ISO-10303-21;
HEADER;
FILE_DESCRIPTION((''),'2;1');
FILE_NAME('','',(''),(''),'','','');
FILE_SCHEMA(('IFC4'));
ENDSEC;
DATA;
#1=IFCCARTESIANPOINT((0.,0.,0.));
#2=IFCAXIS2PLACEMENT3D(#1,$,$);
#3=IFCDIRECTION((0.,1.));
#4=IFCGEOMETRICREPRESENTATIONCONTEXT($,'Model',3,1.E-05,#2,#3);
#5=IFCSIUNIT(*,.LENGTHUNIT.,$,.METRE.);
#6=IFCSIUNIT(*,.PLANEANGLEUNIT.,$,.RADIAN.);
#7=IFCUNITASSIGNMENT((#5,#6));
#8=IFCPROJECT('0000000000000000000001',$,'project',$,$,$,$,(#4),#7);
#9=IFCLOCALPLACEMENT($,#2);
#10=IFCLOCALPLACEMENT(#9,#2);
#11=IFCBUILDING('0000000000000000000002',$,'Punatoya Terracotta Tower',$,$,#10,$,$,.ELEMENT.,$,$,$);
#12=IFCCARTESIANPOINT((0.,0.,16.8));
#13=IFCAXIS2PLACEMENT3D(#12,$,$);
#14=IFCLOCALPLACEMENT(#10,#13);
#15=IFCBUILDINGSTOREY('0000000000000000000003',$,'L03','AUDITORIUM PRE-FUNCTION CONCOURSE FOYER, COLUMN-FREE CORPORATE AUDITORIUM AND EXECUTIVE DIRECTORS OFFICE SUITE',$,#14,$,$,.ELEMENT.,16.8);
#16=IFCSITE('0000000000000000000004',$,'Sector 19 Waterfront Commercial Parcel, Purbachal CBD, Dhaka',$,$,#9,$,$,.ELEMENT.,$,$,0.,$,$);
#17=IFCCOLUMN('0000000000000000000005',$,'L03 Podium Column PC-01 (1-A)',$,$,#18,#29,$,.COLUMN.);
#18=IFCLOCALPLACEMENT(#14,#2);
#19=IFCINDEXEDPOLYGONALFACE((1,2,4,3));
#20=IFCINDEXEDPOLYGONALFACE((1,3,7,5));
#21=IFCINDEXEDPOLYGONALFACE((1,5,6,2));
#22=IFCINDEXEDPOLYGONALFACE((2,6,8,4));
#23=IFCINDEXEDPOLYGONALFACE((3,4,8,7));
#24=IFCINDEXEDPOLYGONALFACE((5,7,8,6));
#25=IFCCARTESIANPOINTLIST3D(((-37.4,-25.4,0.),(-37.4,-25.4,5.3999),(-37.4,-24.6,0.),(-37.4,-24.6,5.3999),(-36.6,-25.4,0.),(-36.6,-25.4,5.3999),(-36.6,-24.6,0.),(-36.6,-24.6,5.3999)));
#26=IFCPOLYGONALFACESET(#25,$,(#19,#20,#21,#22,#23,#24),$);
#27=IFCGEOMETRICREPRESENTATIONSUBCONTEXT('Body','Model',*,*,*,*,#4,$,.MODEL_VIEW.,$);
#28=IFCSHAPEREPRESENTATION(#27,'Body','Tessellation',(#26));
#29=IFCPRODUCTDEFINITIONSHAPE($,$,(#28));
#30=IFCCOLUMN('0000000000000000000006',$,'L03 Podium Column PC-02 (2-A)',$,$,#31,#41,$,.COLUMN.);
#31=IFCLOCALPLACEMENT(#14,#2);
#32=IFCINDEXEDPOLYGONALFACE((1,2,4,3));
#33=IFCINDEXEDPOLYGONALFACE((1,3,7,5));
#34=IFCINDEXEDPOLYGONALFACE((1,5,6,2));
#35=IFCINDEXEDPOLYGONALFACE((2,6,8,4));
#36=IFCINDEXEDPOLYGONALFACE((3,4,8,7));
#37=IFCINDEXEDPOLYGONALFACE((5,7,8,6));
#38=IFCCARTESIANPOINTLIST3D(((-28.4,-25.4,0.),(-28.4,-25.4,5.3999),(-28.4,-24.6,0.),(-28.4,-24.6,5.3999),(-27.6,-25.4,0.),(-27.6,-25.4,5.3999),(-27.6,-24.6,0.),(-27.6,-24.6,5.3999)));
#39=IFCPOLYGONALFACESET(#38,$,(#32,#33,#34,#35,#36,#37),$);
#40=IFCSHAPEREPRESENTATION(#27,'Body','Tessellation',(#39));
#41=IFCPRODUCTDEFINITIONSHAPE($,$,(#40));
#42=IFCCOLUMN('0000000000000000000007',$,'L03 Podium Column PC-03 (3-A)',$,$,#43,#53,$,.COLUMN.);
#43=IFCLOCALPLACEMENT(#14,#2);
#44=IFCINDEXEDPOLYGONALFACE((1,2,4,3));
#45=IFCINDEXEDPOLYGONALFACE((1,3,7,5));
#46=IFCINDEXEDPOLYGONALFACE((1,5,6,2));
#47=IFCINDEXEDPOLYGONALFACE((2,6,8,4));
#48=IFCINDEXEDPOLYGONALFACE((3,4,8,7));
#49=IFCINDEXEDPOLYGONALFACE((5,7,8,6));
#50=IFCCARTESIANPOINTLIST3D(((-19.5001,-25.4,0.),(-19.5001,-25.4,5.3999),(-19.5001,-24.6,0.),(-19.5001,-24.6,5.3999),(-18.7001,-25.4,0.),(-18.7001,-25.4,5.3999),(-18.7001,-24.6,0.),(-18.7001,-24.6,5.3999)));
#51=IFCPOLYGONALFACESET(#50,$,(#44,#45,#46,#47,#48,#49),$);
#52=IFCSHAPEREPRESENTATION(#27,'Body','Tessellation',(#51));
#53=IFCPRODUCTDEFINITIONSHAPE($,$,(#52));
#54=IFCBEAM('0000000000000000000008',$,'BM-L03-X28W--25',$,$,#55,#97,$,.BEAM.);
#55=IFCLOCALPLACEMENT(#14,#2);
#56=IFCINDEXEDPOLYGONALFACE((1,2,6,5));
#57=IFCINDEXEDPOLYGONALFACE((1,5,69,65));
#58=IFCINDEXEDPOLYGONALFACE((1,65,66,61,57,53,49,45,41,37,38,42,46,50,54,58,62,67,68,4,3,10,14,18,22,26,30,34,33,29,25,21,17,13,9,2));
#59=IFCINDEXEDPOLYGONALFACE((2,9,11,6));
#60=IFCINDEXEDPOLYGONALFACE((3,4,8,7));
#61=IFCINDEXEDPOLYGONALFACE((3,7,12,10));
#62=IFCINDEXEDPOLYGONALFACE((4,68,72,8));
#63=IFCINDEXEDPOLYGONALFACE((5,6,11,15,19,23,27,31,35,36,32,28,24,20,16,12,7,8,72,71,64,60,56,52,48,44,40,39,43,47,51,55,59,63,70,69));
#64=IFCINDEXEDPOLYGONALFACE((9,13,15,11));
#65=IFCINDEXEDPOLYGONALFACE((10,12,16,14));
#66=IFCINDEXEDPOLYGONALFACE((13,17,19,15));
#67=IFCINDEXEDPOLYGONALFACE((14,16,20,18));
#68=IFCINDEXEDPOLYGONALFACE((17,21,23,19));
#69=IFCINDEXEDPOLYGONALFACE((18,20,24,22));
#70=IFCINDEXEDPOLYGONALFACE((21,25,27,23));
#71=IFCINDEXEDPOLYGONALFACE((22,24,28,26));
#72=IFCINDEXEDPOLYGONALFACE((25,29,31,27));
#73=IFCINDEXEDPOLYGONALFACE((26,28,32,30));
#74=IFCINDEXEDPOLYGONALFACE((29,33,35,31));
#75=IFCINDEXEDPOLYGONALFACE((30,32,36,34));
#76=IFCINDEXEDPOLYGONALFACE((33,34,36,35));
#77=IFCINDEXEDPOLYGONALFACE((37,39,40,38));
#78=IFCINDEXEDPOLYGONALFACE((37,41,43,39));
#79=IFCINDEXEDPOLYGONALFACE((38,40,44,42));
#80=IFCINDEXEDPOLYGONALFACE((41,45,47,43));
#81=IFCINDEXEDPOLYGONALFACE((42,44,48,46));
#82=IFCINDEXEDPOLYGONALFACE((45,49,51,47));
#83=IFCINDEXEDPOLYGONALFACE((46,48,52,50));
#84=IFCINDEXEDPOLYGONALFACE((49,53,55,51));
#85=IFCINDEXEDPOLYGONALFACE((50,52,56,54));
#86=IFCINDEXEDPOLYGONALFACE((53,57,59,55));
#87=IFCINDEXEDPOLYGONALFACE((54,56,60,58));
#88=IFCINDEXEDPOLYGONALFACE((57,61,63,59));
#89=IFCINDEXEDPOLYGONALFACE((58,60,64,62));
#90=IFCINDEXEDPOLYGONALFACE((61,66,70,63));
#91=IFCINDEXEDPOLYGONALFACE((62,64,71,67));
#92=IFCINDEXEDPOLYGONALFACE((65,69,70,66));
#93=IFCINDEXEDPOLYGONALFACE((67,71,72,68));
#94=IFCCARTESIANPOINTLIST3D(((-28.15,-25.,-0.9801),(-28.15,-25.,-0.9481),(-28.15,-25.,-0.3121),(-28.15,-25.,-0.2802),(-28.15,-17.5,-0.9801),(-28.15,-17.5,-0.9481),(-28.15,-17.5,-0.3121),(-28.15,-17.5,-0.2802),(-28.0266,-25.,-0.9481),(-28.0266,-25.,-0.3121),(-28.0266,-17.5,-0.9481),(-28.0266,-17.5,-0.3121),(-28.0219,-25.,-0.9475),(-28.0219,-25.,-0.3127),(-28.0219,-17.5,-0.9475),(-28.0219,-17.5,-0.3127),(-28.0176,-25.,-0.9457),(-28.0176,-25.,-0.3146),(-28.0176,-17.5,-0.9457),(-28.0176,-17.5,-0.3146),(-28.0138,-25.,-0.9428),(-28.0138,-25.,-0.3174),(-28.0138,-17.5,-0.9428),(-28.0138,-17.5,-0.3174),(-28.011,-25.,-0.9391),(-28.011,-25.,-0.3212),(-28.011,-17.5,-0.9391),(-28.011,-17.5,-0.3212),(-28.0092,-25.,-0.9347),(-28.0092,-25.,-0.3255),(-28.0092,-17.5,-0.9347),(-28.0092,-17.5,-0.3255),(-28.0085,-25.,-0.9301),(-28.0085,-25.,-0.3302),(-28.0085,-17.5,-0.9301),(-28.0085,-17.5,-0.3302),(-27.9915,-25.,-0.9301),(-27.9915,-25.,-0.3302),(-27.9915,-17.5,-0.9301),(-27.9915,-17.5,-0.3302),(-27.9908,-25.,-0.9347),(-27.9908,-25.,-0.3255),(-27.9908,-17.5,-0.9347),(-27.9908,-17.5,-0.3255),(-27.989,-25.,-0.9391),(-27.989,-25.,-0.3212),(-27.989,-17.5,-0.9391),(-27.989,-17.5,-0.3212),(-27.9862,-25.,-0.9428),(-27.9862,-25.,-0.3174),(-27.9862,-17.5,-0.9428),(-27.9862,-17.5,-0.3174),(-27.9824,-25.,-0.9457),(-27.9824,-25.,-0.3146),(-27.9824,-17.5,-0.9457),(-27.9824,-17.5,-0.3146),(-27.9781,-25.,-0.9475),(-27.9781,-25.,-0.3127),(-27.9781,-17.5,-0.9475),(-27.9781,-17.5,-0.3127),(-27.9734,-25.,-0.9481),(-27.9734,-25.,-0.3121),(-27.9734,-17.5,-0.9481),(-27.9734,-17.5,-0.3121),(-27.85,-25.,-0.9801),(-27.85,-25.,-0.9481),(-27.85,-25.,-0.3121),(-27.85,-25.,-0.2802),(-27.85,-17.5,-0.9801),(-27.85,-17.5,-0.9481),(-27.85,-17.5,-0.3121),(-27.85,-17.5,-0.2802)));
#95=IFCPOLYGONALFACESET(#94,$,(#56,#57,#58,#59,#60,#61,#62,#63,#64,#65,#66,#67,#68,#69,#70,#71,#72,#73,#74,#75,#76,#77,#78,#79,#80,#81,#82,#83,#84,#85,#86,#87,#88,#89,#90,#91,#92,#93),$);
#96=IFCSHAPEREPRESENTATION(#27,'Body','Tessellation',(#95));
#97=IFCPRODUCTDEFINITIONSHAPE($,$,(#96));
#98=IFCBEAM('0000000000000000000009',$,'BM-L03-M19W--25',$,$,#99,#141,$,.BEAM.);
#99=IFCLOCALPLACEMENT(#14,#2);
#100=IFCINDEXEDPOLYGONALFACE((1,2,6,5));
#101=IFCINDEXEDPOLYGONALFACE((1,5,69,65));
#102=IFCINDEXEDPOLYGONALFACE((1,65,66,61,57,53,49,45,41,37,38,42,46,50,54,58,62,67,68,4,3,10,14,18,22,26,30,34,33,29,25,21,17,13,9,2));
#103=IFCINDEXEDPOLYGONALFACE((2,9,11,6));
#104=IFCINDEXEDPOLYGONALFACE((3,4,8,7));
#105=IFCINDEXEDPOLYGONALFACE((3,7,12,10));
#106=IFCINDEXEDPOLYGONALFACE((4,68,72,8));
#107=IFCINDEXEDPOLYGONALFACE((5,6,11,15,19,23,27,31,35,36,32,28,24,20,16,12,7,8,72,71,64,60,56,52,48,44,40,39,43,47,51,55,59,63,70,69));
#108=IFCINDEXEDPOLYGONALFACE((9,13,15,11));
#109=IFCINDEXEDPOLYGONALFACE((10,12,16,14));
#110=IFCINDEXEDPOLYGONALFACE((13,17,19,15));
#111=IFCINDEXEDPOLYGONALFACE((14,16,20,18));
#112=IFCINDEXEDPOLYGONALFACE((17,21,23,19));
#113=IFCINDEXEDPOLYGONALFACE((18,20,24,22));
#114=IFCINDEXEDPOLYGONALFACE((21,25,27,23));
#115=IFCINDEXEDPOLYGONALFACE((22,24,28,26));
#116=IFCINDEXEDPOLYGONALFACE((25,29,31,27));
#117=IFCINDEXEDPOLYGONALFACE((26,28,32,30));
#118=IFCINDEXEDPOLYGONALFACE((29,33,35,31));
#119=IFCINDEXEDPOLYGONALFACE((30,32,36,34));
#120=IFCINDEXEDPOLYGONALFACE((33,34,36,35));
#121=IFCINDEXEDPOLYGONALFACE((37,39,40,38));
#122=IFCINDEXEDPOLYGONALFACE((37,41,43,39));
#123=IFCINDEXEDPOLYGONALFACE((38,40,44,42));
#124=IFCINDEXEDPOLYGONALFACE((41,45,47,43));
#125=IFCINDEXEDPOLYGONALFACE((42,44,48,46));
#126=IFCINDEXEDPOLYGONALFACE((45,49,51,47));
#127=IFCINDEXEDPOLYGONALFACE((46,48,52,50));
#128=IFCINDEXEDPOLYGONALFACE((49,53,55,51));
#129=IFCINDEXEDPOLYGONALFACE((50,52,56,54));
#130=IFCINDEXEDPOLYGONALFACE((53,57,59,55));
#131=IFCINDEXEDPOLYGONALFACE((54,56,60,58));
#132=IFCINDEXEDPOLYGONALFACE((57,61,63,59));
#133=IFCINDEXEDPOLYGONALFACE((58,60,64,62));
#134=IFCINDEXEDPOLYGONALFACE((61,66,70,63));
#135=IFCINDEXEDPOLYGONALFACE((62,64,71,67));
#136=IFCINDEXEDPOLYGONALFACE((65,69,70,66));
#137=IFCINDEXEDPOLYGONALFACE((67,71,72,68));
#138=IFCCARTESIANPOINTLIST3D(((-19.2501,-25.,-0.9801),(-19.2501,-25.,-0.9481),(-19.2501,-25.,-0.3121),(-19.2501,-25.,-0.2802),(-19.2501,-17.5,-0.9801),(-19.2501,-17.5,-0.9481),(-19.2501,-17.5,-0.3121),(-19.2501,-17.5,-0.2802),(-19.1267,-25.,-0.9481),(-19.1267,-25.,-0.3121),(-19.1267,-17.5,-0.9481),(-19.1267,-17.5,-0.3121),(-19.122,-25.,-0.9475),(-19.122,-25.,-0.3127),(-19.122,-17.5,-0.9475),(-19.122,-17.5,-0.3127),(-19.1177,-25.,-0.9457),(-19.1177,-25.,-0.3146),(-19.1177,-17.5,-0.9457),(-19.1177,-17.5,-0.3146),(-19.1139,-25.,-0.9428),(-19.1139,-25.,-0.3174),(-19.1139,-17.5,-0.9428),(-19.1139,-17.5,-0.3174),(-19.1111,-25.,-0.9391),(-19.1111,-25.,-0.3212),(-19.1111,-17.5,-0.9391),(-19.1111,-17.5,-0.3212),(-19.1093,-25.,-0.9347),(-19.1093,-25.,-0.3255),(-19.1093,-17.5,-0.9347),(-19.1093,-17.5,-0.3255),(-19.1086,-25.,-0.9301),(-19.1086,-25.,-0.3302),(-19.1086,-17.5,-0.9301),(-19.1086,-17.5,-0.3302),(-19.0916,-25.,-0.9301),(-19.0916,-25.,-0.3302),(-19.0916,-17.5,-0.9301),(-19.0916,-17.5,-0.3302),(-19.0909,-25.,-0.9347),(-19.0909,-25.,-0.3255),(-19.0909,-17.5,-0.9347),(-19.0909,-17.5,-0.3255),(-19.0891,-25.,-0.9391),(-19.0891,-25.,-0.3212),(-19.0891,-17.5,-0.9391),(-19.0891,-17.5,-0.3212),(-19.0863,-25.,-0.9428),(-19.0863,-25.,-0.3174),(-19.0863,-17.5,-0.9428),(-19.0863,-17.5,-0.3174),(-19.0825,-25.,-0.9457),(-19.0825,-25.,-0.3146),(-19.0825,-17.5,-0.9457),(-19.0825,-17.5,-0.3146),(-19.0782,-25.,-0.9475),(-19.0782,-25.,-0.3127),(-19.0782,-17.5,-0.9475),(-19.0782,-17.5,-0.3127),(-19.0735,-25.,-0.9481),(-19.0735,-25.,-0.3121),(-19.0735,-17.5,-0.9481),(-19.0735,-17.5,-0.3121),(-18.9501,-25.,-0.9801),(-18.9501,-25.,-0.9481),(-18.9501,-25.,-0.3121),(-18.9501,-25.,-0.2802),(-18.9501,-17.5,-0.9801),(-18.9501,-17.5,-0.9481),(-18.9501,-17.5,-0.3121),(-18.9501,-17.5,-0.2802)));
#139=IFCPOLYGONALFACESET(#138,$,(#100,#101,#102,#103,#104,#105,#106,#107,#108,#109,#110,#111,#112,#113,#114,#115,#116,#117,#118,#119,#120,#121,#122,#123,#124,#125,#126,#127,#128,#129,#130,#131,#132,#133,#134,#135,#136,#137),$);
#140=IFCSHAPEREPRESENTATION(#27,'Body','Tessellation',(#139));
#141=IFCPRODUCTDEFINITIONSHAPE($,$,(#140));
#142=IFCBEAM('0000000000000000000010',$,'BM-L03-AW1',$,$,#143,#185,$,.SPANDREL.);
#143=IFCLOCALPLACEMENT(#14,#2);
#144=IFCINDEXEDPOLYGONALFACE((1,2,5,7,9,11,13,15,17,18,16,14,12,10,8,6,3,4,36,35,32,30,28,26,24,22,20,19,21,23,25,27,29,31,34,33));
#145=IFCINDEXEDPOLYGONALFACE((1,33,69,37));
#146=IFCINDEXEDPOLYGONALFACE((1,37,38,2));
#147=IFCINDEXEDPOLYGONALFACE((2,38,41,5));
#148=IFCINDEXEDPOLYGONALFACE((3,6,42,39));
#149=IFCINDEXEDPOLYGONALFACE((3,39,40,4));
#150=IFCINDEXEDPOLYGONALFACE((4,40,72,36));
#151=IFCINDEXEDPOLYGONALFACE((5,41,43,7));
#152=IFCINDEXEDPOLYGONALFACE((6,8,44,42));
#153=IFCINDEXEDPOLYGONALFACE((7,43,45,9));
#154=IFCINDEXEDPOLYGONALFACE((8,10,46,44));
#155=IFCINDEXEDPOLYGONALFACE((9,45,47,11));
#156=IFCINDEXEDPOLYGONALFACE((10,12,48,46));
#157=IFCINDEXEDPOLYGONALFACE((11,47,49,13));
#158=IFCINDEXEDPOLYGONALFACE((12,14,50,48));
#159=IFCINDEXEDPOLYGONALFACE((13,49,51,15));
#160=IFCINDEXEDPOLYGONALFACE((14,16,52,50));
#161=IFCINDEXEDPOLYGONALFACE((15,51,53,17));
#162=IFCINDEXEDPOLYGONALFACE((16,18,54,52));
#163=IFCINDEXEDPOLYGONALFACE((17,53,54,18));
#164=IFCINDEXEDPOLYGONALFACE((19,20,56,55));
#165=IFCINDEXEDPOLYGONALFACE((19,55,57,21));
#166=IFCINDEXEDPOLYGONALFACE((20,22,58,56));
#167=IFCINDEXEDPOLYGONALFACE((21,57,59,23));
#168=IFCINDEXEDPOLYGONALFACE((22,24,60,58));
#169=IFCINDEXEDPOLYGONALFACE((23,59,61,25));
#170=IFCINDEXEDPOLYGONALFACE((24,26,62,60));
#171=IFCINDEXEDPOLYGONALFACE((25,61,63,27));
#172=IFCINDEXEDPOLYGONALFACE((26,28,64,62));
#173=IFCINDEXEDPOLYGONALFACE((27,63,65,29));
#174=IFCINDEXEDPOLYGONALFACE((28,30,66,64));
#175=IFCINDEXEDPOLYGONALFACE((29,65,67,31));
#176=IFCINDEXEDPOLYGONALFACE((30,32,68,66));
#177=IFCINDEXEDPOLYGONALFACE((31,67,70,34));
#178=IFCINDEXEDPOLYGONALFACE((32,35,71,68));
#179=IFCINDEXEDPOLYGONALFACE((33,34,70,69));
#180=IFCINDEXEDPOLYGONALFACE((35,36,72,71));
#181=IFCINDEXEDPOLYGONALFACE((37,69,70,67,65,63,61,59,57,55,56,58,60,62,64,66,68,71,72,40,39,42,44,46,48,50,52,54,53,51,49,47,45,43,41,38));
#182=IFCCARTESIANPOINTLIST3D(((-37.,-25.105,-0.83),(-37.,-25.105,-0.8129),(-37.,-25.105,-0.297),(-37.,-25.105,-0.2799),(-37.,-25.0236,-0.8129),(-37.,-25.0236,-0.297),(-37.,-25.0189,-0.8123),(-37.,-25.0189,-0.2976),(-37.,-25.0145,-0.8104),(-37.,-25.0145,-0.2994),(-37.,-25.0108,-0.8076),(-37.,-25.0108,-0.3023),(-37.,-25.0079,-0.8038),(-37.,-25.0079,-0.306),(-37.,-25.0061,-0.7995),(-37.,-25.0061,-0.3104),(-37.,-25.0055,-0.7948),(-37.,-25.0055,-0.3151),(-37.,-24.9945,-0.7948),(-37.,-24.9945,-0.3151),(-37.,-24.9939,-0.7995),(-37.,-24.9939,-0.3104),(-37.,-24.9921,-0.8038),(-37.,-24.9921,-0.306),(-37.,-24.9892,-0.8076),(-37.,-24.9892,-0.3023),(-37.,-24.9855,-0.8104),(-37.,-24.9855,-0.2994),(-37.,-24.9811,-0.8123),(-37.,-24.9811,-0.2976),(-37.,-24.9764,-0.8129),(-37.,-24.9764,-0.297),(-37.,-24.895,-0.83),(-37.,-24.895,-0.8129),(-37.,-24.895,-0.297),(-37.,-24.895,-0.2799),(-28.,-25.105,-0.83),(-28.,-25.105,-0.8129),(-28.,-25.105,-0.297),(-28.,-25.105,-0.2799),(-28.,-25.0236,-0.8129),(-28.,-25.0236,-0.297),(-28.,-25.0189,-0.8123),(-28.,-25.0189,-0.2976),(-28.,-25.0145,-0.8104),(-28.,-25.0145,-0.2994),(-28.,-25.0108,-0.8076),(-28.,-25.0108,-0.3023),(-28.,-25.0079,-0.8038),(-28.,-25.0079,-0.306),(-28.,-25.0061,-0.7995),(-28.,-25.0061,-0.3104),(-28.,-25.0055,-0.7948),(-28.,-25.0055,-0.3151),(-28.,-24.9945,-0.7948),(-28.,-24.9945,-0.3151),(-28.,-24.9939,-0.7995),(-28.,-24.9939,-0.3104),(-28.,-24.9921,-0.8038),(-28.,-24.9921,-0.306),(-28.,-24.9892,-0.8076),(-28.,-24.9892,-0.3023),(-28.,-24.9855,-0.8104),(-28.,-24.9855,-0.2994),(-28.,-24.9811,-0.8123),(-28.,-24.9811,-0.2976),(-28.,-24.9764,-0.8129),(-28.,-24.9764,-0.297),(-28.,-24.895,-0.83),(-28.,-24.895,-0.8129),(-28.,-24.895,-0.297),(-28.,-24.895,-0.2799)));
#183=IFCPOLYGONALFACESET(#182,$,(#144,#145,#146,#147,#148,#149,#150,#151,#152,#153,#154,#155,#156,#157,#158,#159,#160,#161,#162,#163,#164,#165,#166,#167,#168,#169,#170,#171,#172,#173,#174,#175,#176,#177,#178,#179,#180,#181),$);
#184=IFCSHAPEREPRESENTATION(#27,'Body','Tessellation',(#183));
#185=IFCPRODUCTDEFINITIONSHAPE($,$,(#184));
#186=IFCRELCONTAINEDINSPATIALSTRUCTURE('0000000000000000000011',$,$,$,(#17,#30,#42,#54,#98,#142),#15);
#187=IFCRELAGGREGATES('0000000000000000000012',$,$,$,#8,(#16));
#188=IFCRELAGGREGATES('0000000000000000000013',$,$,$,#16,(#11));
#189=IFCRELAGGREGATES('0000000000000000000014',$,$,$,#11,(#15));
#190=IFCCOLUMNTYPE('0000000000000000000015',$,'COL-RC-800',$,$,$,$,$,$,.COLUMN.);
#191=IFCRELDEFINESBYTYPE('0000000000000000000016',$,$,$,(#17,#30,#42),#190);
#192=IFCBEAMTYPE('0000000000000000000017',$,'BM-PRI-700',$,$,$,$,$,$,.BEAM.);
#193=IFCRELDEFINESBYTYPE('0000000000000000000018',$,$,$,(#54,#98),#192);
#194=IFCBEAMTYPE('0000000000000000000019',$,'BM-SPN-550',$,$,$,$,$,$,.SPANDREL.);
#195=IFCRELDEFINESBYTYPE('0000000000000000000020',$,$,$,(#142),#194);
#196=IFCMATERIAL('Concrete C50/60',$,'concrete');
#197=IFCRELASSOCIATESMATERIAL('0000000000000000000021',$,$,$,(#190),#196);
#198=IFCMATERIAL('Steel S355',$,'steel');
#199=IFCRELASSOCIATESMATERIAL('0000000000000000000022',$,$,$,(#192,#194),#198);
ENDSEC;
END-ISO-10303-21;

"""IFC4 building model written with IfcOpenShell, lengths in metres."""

from ifc_helpers import new_model, si_unit, direction, frame, origin, origin_2d, place, context, subcontext, project, spatial, rectangle, i_section, extrude, material, material_profile, profile_set, type_object, element, save


model = new_model("IFC4")

# Units and contexts
model_context = context("Model", 3, precision=1e-05, world=origin(), true_north=direction((0.0, 1.0)))
body_context = subcontext(model_context, "Body", "Model", "MODEL_VIEW")
ifc_project = project(units=[si_unit("LENGTHUNIT", "METRE"), si_unit("PLANEANGLEUNIT", "RADIAN")], contexts=[model_context])

# Site, building, storey
site_placement = place(None, origin())
site = spatial("IfcSite", under=ifc_project, at=site_placement, Name="Sector 19 Waterfront Commercial Parcel, Purbachal CBD, Dhaka", CompositionType="ELEMENT", RefElevation=0.0)
building_placement = place(site_placement, origin())
building = spatial("IfcBuilding", under=site, at=building_placement, Name="Punatoya Terracotta Tower", CompositionType="ELEMENT")
storey_placement = place(building_placement, frame((0.0, 0.0, 16.8)))
storey = spatial("IfcBuildingStorey", under=building, at=storey_placement, Name="L03", Description="AUDITORIUM PRE-FUNCTION CONCOURSE FOYER, COLUMN-FREE CORPORATE AUDITORIUM AND EXECUTIVE DIRECTORS OFFICE SUITE", CompositionType="ELEMENT", Elevation=16.8)

# Columns
ifc_material_1 = material(Name="Concrete C50/60", Category="concrete")
ifc_material_profile_1 = material_profile(ifc_material_1, rectangle(XDim=0.8, YDim=0.8, at=origin_2d()))
ifc_profile_set_1 = profile_set([ifc_material_profile_1], Name="Concrete C50/60")
column_type = type_object("IfcColumnType", Name="COL-RC-800", PredefinedType="COLUMN", material=ifc_profile_set_1)
for number, where, z_axis, x_axis, name in (
    (1, (-37.0, -25.0, 0.0), (0.0, 0.0, 1.0), (1.0, 0.0, 0.0), "L03 Podium Column PC-01 (1-A)"),
    (2, (-28.0, -25.0, 0.0), (0.0, 0.0, 1.0), (1.0, 0.0, 0.0), "L03 Podium Column PC-02 (2-A)"),
    (3, (-19.1001, -25.0, 0.0), (0.0, 0.0, 1.0), (1.0, 0.0, 0.0), "L03 Podium Column PC-03 (3-A)"),
):
    element("IfcColumn", number, at=place(storey_placement, frame(where, z_axis=z_axis, x_axis=x_axis)), inside=storey, type_object=column_type, Name=name, PredefinedType="COLUMN", context=body_context, shape_type="SweptSolid", body=[
        extrude(rectangle(XDim=0.8, YDim=0.8, at=origin_2d()), origin(), (0.0, 0.0, 1.0), 5.3999),
    ])

# Beams
ifc_material_2 = material(Name="Steel S355", Category="steel")
ifc_material_profile_2 = material_profile(ifc_material_2, i_section(OverallWidth=0.3, OverallDepth=0.7, WebThickness=0.0171, FlangeThickness=0.032, FilletRadius=0.0181, at=origin_2d()))
ifc_profile_set_2 = profile_set([ifc_material_profile_2], Name="Steel S355")
beam_type_1 = type_object("IfcBeamType", Name="BM-PRI-700", PredefinedType="BEAM", material=ifc_profile_set_2)
for number, where, z_axis, x_axis, name in (
    (4, (-28.0, -25.0, -0.6301), (0.0, 1.0, 0.0), (-1.0, 0.0, 0.0), "BM-L03-X28W--25"),
    (5, (-19.1001, -25.0, -0.6301), (0.0, 1.0, 0.0), (-1.0, 0.0, 0.0), "BM-L03-M19W--25"),
):
    element("IfcBeam", number, at=place(storey_placement, frame(where, z_axis=z_axis, x_axis=x_axis)), inside=storey, type_object=beam_type_1, Name=name, PredefinedType="BEAM", context=body_context, shape_type="SweptSolid", body=[
        extrude(i_section(OverallWidth=0.3, OverallDepth=0.7, WebThickness=0.0171, FlangeThickness=0.032, FilletRadius=0.0181, at=origin_2d()), origin(), (0.0, 0.0, 1.0), 7.5),
    ])
ifc_material_profile_3 = material_profile(ifc_material_2, i_section(OverallWidth=0.21, OverallDepth=0.55, WebThickness=0.011, FlangeThickness=0.0171, FilletRadius=0.0181, at=origin_2d()))
ifc_profile_set_3 = profile_set([ifc_material_profile_3], Name="Steel S355")
beam_type_2 = type_object("IfcBeamType", Name="BM-SPN-550", PredefinedType="SPANDREL", material=ifc_profile_set_3)
beam_1_placement = place(storey_placement, frame((-37.0, -25.0, -0.5549), z_axis=(1.0, 0.0, 0.0), x_axis=(0.0, 1.0, 0.0)))
element("IfcBeam", 6, at=beam_1_placement, inside=storey, type_object=beam_type_2, Name="BM-L03-AW1", PredefinedType="SPANDREL", context=body_context, shape_type="SweptSolid", body=[
    extrude(i_section(OverallWidth=0.21, OverallDepth=0.55, WebThickness=0.011, FlangeThickness=0.0171, FilletRadius=0.0181, at=origin_2d()), origin(), (0.0, 0.0, 1.0), 9.0),
])

save(model, "model.ifc")
